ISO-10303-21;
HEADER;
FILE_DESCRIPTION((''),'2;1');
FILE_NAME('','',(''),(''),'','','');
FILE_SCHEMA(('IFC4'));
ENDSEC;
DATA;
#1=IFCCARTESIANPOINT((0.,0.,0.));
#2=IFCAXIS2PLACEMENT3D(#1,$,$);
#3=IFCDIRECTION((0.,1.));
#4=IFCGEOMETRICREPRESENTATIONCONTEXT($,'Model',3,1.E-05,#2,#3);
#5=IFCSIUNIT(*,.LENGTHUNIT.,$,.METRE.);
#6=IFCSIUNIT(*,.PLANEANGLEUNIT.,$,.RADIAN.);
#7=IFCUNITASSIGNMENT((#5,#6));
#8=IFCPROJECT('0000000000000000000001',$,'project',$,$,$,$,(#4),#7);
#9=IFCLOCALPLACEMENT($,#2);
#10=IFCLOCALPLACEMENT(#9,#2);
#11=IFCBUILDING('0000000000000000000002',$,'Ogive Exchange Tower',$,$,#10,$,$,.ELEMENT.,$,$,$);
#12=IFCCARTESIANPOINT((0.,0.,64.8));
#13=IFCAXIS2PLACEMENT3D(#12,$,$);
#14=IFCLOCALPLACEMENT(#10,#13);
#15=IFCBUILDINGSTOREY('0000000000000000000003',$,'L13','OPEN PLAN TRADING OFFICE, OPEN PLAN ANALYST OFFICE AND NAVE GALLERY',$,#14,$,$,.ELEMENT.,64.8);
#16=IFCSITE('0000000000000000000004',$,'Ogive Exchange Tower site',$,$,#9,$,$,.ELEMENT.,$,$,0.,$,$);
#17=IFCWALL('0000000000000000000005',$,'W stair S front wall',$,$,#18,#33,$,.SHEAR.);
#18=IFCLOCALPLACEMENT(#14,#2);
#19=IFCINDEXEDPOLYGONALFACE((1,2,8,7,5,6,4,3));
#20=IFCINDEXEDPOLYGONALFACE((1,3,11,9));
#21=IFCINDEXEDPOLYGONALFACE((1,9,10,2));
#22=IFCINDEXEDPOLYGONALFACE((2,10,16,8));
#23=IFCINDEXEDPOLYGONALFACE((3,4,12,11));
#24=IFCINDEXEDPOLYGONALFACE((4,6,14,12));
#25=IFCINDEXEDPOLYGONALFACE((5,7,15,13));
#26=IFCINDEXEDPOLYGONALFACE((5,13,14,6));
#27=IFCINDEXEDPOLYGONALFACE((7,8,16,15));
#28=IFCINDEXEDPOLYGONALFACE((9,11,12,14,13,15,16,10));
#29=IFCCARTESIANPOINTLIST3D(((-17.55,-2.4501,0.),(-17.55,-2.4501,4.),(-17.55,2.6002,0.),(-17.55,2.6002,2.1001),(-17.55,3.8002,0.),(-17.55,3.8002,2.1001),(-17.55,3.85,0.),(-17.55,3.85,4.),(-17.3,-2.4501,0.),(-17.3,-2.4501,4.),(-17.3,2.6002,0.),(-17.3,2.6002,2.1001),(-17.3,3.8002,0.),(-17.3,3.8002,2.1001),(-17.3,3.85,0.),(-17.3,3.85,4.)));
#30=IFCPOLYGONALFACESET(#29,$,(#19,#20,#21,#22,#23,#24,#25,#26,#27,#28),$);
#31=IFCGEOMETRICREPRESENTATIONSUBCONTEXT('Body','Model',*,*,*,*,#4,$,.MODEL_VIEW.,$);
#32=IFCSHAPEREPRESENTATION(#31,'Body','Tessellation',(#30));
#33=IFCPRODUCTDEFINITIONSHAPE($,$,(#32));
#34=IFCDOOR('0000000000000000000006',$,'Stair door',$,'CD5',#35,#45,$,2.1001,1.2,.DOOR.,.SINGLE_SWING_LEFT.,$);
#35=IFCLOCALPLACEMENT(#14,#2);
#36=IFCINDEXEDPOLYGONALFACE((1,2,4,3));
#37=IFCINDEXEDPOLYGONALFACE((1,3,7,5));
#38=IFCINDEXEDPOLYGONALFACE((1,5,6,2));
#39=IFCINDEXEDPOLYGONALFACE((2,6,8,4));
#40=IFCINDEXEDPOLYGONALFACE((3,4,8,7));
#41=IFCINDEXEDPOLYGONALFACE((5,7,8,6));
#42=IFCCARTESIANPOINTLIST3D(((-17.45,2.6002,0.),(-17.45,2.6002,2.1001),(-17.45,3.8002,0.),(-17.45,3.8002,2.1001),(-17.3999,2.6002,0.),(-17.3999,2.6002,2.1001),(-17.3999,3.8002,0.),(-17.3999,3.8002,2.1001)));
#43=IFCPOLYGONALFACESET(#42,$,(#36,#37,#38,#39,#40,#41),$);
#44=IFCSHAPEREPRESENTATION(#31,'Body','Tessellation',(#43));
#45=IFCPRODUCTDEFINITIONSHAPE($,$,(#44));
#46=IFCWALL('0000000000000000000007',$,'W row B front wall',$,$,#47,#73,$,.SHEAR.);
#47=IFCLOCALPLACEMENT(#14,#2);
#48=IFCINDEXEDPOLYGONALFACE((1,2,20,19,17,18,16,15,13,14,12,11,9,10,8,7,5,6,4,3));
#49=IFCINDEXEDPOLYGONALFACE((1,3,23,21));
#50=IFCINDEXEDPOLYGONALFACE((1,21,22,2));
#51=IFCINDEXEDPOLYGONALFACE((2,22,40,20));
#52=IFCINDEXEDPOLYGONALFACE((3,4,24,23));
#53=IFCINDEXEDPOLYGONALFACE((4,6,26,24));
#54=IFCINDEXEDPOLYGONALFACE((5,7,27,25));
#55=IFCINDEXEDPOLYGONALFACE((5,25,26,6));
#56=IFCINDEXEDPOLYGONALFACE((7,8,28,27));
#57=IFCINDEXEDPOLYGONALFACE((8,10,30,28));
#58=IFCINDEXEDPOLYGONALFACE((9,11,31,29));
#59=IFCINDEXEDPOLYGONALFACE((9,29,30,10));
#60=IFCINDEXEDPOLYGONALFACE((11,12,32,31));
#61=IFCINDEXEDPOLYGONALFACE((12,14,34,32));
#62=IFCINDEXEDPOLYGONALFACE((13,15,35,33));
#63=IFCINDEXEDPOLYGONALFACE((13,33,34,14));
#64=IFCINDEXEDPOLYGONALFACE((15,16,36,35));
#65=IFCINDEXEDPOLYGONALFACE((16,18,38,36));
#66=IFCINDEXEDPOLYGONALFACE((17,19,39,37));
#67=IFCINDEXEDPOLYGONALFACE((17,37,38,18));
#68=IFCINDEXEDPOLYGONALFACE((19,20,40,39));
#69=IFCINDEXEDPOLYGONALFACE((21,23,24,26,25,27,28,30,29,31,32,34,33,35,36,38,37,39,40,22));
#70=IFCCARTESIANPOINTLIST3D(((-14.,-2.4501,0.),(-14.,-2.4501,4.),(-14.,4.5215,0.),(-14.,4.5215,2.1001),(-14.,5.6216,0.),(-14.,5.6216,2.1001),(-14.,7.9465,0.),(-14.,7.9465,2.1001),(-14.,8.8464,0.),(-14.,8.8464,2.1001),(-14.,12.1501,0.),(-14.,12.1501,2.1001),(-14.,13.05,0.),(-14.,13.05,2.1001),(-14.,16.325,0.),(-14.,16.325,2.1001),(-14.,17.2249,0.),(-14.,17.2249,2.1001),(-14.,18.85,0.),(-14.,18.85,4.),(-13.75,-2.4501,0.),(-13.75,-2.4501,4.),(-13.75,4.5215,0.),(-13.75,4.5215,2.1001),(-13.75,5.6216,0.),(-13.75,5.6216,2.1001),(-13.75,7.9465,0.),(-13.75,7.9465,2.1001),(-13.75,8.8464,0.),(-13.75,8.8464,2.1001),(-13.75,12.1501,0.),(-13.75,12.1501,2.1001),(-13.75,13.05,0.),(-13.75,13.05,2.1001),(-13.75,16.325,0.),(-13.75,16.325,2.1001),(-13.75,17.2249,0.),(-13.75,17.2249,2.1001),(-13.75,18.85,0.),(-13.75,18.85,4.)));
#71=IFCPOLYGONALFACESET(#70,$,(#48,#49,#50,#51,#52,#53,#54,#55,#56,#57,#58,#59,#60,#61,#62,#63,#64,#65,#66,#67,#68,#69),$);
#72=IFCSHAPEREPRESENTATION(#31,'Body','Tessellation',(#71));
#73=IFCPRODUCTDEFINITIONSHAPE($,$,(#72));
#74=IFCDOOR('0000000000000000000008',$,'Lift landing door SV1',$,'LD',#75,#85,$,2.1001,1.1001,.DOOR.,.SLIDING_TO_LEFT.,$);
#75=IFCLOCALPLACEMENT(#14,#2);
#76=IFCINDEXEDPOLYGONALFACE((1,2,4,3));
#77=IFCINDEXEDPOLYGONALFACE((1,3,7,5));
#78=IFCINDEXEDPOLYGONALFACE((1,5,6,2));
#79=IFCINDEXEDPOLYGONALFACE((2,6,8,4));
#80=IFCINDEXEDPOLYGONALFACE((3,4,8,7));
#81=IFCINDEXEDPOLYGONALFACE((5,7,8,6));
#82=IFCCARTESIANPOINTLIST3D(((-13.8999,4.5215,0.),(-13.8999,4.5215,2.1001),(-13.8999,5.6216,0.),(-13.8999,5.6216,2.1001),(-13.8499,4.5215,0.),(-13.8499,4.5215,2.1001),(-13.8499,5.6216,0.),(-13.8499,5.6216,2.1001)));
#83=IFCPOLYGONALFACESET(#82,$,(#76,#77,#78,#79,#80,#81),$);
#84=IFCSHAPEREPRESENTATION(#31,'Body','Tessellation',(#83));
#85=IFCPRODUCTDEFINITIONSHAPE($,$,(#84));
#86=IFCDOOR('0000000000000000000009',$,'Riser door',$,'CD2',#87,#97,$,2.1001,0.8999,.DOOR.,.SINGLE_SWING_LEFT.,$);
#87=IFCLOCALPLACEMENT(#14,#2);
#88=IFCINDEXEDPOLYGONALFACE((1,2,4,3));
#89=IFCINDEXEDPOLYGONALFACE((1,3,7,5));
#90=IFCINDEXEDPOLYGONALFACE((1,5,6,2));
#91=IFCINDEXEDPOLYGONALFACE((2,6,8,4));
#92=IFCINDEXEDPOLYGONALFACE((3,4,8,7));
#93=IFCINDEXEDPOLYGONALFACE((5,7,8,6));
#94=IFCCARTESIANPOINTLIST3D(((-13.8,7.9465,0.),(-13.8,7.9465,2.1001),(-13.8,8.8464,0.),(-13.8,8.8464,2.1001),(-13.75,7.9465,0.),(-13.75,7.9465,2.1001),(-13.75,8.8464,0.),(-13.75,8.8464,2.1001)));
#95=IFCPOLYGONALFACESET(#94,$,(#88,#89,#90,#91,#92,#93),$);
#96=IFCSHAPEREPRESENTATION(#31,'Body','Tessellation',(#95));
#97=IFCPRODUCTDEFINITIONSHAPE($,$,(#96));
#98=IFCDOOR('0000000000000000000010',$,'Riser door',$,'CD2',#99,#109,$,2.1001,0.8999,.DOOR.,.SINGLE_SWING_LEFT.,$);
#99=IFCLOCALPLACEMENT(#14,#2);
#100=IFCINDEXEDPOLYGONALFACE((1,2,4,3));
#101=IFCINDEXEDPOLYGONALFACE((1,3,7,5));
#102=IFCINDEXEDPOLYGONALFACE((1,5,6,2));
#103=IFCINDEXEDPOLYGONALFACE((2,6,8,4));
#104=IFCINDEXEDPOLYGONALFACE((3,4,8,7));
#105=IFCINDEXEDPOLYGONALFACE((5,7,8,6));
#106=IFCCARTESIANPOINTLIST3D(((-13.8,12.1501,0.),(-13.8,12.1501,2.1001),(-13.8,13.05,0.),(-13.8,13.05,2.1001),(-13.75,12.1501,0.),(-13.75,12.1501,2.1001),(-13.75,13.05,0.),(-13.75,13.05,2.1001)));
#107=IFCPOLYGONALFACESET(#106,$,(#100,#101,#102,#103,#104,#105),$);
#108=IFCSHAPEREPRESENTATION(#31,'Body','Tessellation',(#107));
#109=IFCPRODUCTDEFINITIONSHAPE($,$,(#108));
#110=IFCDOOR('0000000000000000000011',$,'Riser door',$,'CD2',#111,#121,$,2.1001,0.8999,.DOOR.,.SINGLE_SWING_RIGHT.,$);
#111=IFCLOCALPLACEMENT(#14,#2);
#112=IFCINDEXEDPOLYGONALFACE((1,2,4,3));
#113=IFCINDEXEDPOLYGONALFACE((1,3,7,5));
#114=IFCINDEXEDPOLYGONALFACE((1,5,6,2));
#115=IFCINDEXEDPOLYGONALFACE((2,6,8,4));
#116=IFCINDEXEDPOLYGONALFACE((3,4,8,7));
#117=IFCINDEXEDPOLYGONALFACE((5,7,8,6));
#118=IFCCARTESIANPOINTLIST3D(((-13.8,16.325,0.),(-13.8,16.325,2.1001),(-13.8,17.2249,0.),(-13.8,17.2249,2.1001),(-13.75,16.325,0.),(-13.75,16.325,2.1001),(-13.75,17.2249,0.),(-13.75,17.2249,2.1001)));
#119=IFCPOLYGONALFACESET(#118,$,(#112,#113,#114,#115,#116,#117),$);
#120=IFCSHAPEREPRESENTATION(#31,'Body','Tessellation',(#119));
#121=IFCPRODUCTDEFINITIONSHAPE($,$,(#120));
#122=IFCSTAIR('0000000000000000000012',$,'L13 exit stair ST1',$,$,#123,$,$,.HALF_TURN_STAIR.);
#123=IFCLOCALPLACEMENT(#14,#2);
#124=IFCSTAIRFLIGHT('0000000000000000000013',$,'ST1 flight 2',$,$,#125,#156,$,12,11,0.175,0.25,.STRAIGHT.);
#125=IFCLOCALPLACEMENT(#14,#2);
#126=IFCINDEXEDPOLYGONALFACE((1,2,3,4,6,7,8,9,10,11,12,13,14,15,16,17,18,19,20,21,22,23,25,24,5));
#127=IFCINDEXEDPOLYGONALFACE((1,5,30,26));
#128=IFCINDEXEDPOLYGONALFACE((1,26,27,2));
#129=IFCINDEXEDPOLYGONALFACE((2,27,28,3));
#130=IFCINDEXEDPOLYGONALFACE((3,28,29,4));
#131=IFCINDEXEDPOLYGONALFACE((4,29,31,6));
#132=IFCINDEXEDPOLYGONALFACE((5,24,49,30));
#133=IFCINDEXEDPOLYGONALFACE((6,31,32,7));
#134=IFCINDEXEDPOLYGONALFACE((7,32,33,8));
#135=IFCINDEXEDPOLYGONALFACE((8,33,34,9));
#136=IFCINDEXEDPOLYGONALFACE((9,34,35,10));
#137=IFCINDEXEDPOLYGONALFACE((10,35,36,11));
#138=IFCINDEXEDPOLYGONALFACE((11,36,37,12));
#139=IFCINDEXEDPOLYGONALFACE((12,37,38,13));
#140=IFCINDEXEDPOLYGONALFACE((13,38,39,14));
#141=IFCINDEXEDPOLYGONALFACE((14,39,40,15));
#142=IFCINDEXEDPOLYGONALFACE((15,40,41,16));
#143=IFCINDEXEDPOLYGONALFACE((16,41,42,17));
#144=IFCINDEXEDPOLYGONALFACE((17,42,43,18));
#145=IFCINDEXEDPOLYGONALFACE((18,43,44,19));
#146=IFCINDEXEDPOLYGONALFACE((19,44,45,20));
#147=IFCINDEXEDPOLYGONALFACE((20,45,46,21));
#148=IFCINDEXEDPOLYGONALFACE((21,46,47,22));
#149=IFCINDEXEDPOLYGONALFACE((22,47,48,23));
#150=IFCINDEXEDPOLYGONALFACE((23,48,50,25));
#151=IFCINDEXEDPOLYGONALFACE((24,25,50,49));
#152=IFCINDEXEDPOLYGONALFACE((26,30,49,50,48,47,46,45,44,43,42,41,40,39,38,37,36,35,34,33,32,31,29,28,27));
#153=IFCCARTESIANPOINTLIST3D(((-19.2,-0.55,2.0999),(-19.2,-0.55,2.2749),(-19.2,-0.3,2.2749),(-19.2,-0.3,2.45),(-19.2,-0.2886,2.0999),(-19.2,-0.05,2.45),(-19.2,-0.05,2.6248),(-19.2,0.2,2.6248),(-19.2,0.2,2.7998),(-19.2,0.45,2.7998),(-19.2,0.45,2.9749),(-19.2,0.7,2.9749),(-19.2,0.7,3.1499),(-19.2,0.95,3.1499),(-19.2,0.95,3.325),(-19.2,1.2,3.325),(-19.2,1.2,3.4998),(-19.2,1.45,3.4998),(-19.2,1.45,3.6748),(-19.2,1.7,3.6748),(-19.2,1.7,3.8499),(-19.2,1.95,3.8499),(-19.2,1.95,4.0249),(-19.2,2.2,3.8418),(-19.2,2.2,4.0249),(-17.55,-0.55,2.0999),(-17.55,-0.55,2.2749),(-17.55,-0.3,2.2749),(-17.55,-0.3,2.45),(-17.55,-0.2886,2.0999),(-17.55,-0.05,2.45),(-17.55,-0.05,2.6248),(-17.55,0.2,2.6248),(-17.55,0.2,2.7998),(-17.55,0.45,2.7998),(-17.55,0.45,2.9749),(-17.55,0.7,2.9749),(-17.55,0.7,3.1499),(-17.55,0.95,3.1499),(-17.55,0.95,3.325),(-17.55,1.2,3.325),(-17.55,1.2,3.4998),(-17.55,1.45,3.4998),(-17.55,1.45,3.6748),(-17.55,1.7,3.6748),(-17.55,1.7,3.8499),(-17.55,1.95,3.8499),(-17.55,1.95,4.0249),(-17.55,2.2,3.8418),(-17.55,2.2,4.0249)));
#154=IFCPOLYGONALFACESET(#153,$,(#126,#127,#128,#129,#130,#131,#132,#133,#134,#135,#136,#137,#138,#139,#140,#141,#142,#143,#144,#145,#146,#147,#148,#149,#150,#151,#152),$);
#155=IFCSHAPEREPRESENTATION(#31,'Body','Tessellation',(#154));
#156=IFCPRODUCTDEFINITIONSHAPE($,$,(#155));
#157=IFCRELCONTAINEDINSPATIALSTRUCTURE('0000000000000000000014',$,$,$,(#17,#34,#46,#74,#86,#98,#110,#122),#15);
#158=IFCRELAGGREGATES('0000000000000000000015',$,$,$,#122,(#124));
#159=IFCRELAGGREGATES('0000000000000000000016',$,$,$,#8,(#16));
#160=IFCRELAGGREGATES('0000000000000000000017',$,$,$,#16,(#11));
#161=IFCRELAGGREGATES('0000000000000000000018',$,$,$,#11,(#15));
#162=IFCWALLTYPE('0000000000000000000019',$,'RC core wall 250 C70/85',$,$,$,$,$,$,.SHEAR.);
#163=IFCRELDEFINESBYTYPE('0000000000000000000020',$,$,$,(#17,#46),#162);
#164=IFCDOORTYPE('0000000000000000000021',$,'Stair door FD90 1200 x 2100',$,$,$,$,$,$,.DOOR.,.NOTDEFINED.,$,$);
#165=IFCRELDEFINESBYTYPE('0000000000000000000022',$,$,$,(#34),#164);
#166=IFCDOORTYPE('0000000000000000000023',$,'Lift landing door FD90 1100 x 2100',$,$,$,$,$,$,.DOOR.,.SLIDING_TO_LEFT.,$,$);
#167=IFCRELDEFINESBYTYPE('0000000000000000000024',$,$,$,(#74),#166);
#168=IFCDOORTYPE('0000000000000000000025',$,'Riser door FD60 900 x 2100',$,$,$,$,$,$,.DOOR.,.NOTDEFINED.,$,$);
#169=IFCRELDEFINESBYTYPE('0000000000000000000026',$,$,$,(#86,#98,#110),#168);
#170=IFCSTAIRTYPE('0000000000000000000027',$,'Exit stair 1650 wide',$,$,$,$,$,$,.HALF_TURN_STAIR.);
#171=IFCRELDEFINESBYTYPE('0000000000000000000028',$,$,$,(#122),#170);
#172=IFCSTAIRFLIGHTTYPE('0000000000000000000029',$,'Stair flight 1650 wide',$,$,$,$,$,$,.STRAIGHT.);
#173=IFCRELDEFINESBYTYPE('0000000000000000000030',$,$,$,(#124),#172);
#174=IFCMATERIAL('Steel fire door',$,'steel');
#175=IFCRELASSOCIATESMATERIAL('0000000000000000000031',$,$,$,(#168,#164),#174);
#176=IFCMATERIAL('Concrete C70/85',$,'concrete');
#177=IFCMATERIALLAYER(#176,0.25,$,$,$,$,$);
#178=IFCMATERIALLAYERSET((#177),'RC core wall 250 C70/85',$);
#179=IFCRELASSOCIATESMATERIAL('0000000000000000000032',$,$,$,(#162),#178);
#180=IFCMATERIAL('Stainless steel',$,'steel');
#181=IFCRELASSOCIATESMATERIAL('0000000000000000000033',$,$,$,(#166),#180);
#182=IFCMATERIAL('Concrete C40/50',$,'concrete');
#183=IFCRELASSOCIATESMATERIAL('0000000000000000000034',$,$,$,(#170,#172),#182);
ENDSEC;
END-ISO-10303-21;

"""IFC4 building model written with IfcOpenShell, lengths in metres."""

from ifc_helpers import new_model, si_unit, direction, frame, frame_2d, origin, place, context, subcontext, project, spatial, polyline, rectangle, outline, extrude, material, layer, layer_set, type_object, element, fill, aggregate, save


model = new_model("IFC4")

# Units and contexts
model_context = context("Model", 3, precision=1e-05, world=origin(), true_north=direction((0.0, 1.0)))
body_context = subcontext(model_context, "Body", "Model", "MODEL_VIEW")
ifc_project = project(units=[si_unit("LENGTHUNIT", "METRE"), si_unit("PLANEANGLEUNIT", "RADIAN")], contexts=[model_context])

# Site, building, storey
site_placement = place(None, origin())
site = spatial("IfcSite", under=ifc_project, at=site_placement, Name="Ogive Exchange Tower site", CompositionType="ELEMENT", RefElevation=0.0)
building_placement = place(site_placement, origin())
building = spatial("IfcBuilding", under=site, at=building_placement, Name="Ogive Exchange Tower", CompositionType="ELEMENT")
storey_placement = place(building_placement, frame((0.0, 0.0, 64.8)))
storey = spatial("IfcBuildingStorey", under=building, at=storey_placement, Name="L13", Description="OPEN PLAN TRADING OFFICE, OPEN PLAN ANALYST OFFICE AND NAVE GALLERY", CompositionType="ELEMENT", Elevation=64.8)

# Shared definitions
ifc_material_1 = material(Name="Concrete C70/85", Category="concrete")
ifc_material_2 = material(Name="Steel fire door", Category="steel")
door_type_1 = type_object("IfcDoorType", Name="Riser door FD60 900 x 2100", OperationType="NOTDEFINED", PredefinedType="DOOR", material=ifc_material_2)

# Wall, opening, door
ifc_layer_1 = layer(ifc_material_1, 0.25)
ifc_layer_set_1 = layer_set([ifc_layer_1], Name="RC core wall 250 C70/85")
wall_type_1 = type_object("IfcWallType", Name="RC core wall 250 C70/85", PredefinedType="SHEAR", material=ifc_layer_set_1)
wall_1_placement = place(storey_placement, frame((-17.425, -2.45, 0.0), z_axis=(0.0, 0.0, 1.0), x_axis=(0.0, 1.0, 0.0)))
wall_1 = element("IfcWall", 1, at=wall_1_placement, inside=storey, type_object=wall_type_1, Name="W stair S front wall", PredefinedType="SHEAR", context=body_context, shape_type="SweptSolid", body=[
    extrude(rectangle(XDim=6.3, YDim=0.25, at=frame_2d((3.1499, 0.0))), origin(), (0.0, 0.0, 1.0), 4.0),
])
opening_1_placement = place(wall_1_placement, frame((5.05, 0.0, 0.0)))
opening_1 = element("IfcOpeningElement", 2, at=opening_1_placement, cuts=wall_1, PredefinedType="OPENING", context=body_context, shape_type="SweptSolid", body=[
    extrude(rectangle(XDim=1.2, YDim=2.1001, at=frame_2d((0.6001, 1.05))), frame((0.0, 0.135, 0.0), z_axis=(0.0, -1.0, 0.0), x_axis=(1.0, 0.0, 0.0)), (0.0, 0.0, 1.0), 0.27),
])
door_type_2 = type_object("IfcDoorType", Name="Stair door FD90 1200 x 2100", OperationType="NOTDEFINED", PredefinedType="DOOR", material=ifc_material_2)
door_1_placement = place(opening_1_placement, origin())
door_1 = element("IfcDoor", 3, at=door_1_placement, inside=storey, type_object=door_type_2, Name="Stair door", ObjectType="CD5", OperationType="SINGLE_SWING_LEFT", OverallHeight=2.1001, OverallWidth=1.2, PredefinedType="DOOR", context=body_context, shape_type="SweptSolid", body=[
    extrude(rectangle(XDim=1.2, YDim=2.1001, at=frame_2d((0.6001, 1.05))), frame((0.0, 0.0249, 0.0), z_axis=(0.0, -1.0, 0.0), x_axis=(1.0, 0.0, 0.0)), (0.0, 0.0, 1.0), 0.05),
])
fill(opening_1, door_1)

# Wall, openings, doors
wall_2_placement = place(storey_placement, frame((-13.875, -2.45, 0.0), z_axis=(0.0, 0.0, 1.0), x_axis=(0.0, 1.0, 0.0)))
wall_2 = element("IfcWall", 4, at=wall_2_placement, inside=storey, type_object=wall_type_1, Name="W row B front wall", PredefinedType="SHEAR", context=body_context, shape_type="SweptSolid", body=[
    extrude(rectangle(XDim=21.3, YDim=0.25, at=frame_2d((10.6499, 0.0))), origin(), (0.0, 0.0, 1.0), 4.0),
])
opening_2_placement = place(wall_2_placement, frame((10.3965, 0.0, 0.0)))
opening_2 = element("IfcOpeningElement", 5, at=opening_2_placement, cuts=wall_2, PredefinedType="OPENING", context=body_context, shape_type="SweptSolid", body=[
    extrude(rectangle(XDim=0.8999, YDim=2.1001, at=frame_2d((0.45, 1.05))), frame((0.0, 0.135, 0.0), z_axis=(0.0, -1.0, 0.0), x_axis=(1.0, 0.0, 0.0)), (0.0, 0.0, 1.0), 0.27),
])
opening_3_placement = place(wall_2_placement, frame((14.6001, 0.0, 0.0)))
opening_3 = element("IfcOpeningElement", 6, at=opening_3_placement, cuts=wall_2, PredefinedType="OPENING", context=body_context, shape_type="SweptSolid", body=[
    extrude(rectangle(XDim=0.8999, YDim=2.1001, at=frame_2d((0.45, 1.05))), frame((0.0, 0.135, 0.0), z_axis=(0.0, -1.0, 0.0), x_axis=(1.0, 0.0, 0.0)), (0.0, 0.0, 1.0), 0.27),
])
opening_4_placement = place(wall_2_placement, frame((18.7749, 0.0, 0.0)))
opening_4 = element("IfcOpeningElement", 7, at=opening_4_placement, cuts=wall_2, PredefinedType="OPENING", context=body_context, shape_type="SweptSolid", body=[
    extrude(rectangle(XDim=0.8999, YDim=2.1001, at=frame_2d((0.45, 1.05))), frame((0.0, 0.135, 0.0), z_axis=(0.0, -1.0, 0.0), x_axis=(1.0, 0.0, 0.0)), (0.0, 0.0, 1.0), 0.27),
])
opening_5_placement = place(wall_2_placement, frame((6.9714, 0.0, 0.0)))
opening_5 = element("IfcOpeningElement", 8, at=opening_5_placement, cuts=wall_2, PredefinedType="OPENING", context=body_context, shape_type="SweptSolid", body=[
    extrude(rectangle(XDim=1.1001, YDim=2.1001, at=frame_2d((0.55, 1.05))), frame((0.0, 0.135, 0.0), z_axis=(0.0, -1.0, 0.0), x_axis=(1.0, 0.0, 0.0)), (0.0, 0.0, 1.0), 0.27),
])
ifc_material_3 = material(Name="Stainless steel", Category="steel")
door_type_3 = type_object("IfcDoorType", Name="Lift landing door FD90 1100 x 2100", OperationType="SLIDING_TO_LEFT", PredefinedType="DOOR", material=ifc_material_3)
door_2_placement = place(opening_5_placement, origin())
door_2 = element("IfcDoor", 9, at=door_2_placement, inside=storey, type_object=door_type_3, Name="Lift landing door SV1", ObjectType="LD", OperationType="SLIDING_TO_LEFT", OverallHeight=2.1001, OverallWidth=1.1001, PredefinedType="DOOR", context=body_context, shape_type="SweptSolid", body=[
    extrude(rectangle(XDim=1.1001, YDim=2.1001, at=frame_2d((0.55, 1.05))), frame((0.0, 0.0249, 0.0), z_axis=(0.0, -1.0, 0.0), x_axis=(1.0, 0.0, 0.0)), (0.0, 0.0, 1.0), 0.05),
])
fill(opening_5, door_2)
door_3_placement = place(opening_2_placement, frame((0.8999, -0.2002, 0.0), z_axis=(0.0, 0.0, 1.0), x_axis=(-1.0, 0.0, 0.0)))
door_3 = element("IfcDoor", 10, at=door_3_placement, inside=storey, type_object=door_type_1, Name="Riser door", ObjectType="CD2", OperationType="SINGLE_SWING_LEFT", OverallHeight=2.1001, OverallWidth=0.8999, PredefinedType="DOOR", context=body_context, shape_type="SweptSolid", body=[
    extrude(rectangle(XDim=0.8999, YDim=2.1001, at=frame_2d((0.45, 1.05))), frame((0.0, -0.0752, 0.0), z_axis=(0.0, -1.0, 0.0), x_axis=(1.0, 0.0, 0.0)), (0.0, 0.0, 1.0), 0.05),
])
fill(opening_2, door_3)
door_4_placement = place(opening_3_placement, frame((0.8999, -0.2002, 0.0), z_axis=(0.0, 0.0, 1.0), x_axis=(-1.0, 0.0, 0.0)))
door_4 = element("IfcDoor", 11, at=door_4_placement, inside=storey, type_object=door_type_1, Name="Riser door", ObjectType="CD2", OperationType="SINGLE_SWING_LEFT", OverallHeight=2.1001, OverallWidth=0.8999, PredefinedType="DOOR", context=body_context, shape_type="SweptSolid", body=[
    extrude(rectangle(XDim=0.8999, YDim=2.1001, at=frame_2d((0.45, 1.05))), frame((0.0, -0.0752, 0.0), z_axis=(0.0, -1.0, 0.0), x_axis=(1.0, 0.0, 0.0)), (0.0, 0.0, 1.0), 0.05),
])
fill(opening_3, door_4)
door_5_placement = place(opening_4_placement, frame((0.8999, -0.2002, 0.0), z_axis=(0.0, 0.0, 1.0), x_axis=(-1.0, 0.0, 0.0)))
door_5 = element("IfcDoor", 12, at=door_5_placement, inside=storey, type_object=door_type_1, Name="Riser door", ObjectType="CD2", OperationType="SINGLE_SWING_RIGHT", OverallHeight=2.1001, OverallWidth=0.8999, PredefinedType="DOOR", context=body_context, shape_type="SweptSolid", body=[
    extrude(rectangle(XDim=0.8999, YDim=2.1001, at=frame_2d((0.45, 1.05))), frame((0.0, -0.0752, 0.0), z_axis=(0.0, -1.0, 0.0), x_axis=(1.0, 0.0, 0.0)), (0.0, 0.0, 1.0), 0.05),
])
fill(opening_4, door_5)

# Stair, stair flight
ifc_material_4 = material(Name="Concrete C40/50", Category="concrete")
stair_type = type_object("IfcStairType", Name="Exit stair 1650 wide", PredefinedType="HALF_TURN_STAIR", material=ifc_material_4)
stair_placement = place(storey_placement, origin())
stair = element("IfcStair", 13, at=stair_placement, inside=storey, type_object=stair_type, Name="L13 exit stair ST1", PredefinedType="HALF_TURN_STAIR")
stair_flight_type = type_object("IfcStairFlightType", Name="Stair flight 1650 wide", PredefinedType="STRAIGHT", material=ifc_material_4)
stair_flight_placement = place(storey_placement, frame((-18.375, -0.55, 2.0999), z_axis=(0.0, 0.0, 1.0), x_axis=(0.0, 1.0, 0.0)))
stair_flight = element("IfcStairFlight", 14, at=stair_flight_placement, type_object=stair_flight_type, Name="ST1 flight 2", NumberOfRisers=12, NumberOfTreads=11, PredefinedType="STRAIGHT", RiserHeight=0.175, TreadLength=0.25, context=body_context, shape_type="SweptSolid", body=[
    extrude(outline(polyline([(0.0, 0.0), (0.0, 0.175), (0.25, 0.175), (0.25, 0.3501), (0.5, 0.3501), (0.5, 0.5249), (0.75, 0.5249), (0.75, 0.7), (1.0, 0.7), (1.0, 0.875), (1.25, 0.875), (1.25, 1.05), (1.5, 1.05), (1.5, 1.2251), (1.75, 1.2251), (1.75, 1.3999), (2.0, 1.3999), (2.0, 1.575), (2.25, 1.575), (2.25, 1.75), (2.5, 1.75), (2.5, 1.925), (2.75, 1.925), (2.75, 2.1001), (2.75, 1.7419), (0.2615, 0.0), (0.0, 0.0)])), frame((0.0, 0.825, 0.0), z_axis=(0.0, -1.0, 0.0), x_axis=(1.0, 0.0, 0.0)), (0.0, 0.0, 1.0), 1.6499),
])
aggregate(stair, [stair_flight])

save(model, "model.ifc")
